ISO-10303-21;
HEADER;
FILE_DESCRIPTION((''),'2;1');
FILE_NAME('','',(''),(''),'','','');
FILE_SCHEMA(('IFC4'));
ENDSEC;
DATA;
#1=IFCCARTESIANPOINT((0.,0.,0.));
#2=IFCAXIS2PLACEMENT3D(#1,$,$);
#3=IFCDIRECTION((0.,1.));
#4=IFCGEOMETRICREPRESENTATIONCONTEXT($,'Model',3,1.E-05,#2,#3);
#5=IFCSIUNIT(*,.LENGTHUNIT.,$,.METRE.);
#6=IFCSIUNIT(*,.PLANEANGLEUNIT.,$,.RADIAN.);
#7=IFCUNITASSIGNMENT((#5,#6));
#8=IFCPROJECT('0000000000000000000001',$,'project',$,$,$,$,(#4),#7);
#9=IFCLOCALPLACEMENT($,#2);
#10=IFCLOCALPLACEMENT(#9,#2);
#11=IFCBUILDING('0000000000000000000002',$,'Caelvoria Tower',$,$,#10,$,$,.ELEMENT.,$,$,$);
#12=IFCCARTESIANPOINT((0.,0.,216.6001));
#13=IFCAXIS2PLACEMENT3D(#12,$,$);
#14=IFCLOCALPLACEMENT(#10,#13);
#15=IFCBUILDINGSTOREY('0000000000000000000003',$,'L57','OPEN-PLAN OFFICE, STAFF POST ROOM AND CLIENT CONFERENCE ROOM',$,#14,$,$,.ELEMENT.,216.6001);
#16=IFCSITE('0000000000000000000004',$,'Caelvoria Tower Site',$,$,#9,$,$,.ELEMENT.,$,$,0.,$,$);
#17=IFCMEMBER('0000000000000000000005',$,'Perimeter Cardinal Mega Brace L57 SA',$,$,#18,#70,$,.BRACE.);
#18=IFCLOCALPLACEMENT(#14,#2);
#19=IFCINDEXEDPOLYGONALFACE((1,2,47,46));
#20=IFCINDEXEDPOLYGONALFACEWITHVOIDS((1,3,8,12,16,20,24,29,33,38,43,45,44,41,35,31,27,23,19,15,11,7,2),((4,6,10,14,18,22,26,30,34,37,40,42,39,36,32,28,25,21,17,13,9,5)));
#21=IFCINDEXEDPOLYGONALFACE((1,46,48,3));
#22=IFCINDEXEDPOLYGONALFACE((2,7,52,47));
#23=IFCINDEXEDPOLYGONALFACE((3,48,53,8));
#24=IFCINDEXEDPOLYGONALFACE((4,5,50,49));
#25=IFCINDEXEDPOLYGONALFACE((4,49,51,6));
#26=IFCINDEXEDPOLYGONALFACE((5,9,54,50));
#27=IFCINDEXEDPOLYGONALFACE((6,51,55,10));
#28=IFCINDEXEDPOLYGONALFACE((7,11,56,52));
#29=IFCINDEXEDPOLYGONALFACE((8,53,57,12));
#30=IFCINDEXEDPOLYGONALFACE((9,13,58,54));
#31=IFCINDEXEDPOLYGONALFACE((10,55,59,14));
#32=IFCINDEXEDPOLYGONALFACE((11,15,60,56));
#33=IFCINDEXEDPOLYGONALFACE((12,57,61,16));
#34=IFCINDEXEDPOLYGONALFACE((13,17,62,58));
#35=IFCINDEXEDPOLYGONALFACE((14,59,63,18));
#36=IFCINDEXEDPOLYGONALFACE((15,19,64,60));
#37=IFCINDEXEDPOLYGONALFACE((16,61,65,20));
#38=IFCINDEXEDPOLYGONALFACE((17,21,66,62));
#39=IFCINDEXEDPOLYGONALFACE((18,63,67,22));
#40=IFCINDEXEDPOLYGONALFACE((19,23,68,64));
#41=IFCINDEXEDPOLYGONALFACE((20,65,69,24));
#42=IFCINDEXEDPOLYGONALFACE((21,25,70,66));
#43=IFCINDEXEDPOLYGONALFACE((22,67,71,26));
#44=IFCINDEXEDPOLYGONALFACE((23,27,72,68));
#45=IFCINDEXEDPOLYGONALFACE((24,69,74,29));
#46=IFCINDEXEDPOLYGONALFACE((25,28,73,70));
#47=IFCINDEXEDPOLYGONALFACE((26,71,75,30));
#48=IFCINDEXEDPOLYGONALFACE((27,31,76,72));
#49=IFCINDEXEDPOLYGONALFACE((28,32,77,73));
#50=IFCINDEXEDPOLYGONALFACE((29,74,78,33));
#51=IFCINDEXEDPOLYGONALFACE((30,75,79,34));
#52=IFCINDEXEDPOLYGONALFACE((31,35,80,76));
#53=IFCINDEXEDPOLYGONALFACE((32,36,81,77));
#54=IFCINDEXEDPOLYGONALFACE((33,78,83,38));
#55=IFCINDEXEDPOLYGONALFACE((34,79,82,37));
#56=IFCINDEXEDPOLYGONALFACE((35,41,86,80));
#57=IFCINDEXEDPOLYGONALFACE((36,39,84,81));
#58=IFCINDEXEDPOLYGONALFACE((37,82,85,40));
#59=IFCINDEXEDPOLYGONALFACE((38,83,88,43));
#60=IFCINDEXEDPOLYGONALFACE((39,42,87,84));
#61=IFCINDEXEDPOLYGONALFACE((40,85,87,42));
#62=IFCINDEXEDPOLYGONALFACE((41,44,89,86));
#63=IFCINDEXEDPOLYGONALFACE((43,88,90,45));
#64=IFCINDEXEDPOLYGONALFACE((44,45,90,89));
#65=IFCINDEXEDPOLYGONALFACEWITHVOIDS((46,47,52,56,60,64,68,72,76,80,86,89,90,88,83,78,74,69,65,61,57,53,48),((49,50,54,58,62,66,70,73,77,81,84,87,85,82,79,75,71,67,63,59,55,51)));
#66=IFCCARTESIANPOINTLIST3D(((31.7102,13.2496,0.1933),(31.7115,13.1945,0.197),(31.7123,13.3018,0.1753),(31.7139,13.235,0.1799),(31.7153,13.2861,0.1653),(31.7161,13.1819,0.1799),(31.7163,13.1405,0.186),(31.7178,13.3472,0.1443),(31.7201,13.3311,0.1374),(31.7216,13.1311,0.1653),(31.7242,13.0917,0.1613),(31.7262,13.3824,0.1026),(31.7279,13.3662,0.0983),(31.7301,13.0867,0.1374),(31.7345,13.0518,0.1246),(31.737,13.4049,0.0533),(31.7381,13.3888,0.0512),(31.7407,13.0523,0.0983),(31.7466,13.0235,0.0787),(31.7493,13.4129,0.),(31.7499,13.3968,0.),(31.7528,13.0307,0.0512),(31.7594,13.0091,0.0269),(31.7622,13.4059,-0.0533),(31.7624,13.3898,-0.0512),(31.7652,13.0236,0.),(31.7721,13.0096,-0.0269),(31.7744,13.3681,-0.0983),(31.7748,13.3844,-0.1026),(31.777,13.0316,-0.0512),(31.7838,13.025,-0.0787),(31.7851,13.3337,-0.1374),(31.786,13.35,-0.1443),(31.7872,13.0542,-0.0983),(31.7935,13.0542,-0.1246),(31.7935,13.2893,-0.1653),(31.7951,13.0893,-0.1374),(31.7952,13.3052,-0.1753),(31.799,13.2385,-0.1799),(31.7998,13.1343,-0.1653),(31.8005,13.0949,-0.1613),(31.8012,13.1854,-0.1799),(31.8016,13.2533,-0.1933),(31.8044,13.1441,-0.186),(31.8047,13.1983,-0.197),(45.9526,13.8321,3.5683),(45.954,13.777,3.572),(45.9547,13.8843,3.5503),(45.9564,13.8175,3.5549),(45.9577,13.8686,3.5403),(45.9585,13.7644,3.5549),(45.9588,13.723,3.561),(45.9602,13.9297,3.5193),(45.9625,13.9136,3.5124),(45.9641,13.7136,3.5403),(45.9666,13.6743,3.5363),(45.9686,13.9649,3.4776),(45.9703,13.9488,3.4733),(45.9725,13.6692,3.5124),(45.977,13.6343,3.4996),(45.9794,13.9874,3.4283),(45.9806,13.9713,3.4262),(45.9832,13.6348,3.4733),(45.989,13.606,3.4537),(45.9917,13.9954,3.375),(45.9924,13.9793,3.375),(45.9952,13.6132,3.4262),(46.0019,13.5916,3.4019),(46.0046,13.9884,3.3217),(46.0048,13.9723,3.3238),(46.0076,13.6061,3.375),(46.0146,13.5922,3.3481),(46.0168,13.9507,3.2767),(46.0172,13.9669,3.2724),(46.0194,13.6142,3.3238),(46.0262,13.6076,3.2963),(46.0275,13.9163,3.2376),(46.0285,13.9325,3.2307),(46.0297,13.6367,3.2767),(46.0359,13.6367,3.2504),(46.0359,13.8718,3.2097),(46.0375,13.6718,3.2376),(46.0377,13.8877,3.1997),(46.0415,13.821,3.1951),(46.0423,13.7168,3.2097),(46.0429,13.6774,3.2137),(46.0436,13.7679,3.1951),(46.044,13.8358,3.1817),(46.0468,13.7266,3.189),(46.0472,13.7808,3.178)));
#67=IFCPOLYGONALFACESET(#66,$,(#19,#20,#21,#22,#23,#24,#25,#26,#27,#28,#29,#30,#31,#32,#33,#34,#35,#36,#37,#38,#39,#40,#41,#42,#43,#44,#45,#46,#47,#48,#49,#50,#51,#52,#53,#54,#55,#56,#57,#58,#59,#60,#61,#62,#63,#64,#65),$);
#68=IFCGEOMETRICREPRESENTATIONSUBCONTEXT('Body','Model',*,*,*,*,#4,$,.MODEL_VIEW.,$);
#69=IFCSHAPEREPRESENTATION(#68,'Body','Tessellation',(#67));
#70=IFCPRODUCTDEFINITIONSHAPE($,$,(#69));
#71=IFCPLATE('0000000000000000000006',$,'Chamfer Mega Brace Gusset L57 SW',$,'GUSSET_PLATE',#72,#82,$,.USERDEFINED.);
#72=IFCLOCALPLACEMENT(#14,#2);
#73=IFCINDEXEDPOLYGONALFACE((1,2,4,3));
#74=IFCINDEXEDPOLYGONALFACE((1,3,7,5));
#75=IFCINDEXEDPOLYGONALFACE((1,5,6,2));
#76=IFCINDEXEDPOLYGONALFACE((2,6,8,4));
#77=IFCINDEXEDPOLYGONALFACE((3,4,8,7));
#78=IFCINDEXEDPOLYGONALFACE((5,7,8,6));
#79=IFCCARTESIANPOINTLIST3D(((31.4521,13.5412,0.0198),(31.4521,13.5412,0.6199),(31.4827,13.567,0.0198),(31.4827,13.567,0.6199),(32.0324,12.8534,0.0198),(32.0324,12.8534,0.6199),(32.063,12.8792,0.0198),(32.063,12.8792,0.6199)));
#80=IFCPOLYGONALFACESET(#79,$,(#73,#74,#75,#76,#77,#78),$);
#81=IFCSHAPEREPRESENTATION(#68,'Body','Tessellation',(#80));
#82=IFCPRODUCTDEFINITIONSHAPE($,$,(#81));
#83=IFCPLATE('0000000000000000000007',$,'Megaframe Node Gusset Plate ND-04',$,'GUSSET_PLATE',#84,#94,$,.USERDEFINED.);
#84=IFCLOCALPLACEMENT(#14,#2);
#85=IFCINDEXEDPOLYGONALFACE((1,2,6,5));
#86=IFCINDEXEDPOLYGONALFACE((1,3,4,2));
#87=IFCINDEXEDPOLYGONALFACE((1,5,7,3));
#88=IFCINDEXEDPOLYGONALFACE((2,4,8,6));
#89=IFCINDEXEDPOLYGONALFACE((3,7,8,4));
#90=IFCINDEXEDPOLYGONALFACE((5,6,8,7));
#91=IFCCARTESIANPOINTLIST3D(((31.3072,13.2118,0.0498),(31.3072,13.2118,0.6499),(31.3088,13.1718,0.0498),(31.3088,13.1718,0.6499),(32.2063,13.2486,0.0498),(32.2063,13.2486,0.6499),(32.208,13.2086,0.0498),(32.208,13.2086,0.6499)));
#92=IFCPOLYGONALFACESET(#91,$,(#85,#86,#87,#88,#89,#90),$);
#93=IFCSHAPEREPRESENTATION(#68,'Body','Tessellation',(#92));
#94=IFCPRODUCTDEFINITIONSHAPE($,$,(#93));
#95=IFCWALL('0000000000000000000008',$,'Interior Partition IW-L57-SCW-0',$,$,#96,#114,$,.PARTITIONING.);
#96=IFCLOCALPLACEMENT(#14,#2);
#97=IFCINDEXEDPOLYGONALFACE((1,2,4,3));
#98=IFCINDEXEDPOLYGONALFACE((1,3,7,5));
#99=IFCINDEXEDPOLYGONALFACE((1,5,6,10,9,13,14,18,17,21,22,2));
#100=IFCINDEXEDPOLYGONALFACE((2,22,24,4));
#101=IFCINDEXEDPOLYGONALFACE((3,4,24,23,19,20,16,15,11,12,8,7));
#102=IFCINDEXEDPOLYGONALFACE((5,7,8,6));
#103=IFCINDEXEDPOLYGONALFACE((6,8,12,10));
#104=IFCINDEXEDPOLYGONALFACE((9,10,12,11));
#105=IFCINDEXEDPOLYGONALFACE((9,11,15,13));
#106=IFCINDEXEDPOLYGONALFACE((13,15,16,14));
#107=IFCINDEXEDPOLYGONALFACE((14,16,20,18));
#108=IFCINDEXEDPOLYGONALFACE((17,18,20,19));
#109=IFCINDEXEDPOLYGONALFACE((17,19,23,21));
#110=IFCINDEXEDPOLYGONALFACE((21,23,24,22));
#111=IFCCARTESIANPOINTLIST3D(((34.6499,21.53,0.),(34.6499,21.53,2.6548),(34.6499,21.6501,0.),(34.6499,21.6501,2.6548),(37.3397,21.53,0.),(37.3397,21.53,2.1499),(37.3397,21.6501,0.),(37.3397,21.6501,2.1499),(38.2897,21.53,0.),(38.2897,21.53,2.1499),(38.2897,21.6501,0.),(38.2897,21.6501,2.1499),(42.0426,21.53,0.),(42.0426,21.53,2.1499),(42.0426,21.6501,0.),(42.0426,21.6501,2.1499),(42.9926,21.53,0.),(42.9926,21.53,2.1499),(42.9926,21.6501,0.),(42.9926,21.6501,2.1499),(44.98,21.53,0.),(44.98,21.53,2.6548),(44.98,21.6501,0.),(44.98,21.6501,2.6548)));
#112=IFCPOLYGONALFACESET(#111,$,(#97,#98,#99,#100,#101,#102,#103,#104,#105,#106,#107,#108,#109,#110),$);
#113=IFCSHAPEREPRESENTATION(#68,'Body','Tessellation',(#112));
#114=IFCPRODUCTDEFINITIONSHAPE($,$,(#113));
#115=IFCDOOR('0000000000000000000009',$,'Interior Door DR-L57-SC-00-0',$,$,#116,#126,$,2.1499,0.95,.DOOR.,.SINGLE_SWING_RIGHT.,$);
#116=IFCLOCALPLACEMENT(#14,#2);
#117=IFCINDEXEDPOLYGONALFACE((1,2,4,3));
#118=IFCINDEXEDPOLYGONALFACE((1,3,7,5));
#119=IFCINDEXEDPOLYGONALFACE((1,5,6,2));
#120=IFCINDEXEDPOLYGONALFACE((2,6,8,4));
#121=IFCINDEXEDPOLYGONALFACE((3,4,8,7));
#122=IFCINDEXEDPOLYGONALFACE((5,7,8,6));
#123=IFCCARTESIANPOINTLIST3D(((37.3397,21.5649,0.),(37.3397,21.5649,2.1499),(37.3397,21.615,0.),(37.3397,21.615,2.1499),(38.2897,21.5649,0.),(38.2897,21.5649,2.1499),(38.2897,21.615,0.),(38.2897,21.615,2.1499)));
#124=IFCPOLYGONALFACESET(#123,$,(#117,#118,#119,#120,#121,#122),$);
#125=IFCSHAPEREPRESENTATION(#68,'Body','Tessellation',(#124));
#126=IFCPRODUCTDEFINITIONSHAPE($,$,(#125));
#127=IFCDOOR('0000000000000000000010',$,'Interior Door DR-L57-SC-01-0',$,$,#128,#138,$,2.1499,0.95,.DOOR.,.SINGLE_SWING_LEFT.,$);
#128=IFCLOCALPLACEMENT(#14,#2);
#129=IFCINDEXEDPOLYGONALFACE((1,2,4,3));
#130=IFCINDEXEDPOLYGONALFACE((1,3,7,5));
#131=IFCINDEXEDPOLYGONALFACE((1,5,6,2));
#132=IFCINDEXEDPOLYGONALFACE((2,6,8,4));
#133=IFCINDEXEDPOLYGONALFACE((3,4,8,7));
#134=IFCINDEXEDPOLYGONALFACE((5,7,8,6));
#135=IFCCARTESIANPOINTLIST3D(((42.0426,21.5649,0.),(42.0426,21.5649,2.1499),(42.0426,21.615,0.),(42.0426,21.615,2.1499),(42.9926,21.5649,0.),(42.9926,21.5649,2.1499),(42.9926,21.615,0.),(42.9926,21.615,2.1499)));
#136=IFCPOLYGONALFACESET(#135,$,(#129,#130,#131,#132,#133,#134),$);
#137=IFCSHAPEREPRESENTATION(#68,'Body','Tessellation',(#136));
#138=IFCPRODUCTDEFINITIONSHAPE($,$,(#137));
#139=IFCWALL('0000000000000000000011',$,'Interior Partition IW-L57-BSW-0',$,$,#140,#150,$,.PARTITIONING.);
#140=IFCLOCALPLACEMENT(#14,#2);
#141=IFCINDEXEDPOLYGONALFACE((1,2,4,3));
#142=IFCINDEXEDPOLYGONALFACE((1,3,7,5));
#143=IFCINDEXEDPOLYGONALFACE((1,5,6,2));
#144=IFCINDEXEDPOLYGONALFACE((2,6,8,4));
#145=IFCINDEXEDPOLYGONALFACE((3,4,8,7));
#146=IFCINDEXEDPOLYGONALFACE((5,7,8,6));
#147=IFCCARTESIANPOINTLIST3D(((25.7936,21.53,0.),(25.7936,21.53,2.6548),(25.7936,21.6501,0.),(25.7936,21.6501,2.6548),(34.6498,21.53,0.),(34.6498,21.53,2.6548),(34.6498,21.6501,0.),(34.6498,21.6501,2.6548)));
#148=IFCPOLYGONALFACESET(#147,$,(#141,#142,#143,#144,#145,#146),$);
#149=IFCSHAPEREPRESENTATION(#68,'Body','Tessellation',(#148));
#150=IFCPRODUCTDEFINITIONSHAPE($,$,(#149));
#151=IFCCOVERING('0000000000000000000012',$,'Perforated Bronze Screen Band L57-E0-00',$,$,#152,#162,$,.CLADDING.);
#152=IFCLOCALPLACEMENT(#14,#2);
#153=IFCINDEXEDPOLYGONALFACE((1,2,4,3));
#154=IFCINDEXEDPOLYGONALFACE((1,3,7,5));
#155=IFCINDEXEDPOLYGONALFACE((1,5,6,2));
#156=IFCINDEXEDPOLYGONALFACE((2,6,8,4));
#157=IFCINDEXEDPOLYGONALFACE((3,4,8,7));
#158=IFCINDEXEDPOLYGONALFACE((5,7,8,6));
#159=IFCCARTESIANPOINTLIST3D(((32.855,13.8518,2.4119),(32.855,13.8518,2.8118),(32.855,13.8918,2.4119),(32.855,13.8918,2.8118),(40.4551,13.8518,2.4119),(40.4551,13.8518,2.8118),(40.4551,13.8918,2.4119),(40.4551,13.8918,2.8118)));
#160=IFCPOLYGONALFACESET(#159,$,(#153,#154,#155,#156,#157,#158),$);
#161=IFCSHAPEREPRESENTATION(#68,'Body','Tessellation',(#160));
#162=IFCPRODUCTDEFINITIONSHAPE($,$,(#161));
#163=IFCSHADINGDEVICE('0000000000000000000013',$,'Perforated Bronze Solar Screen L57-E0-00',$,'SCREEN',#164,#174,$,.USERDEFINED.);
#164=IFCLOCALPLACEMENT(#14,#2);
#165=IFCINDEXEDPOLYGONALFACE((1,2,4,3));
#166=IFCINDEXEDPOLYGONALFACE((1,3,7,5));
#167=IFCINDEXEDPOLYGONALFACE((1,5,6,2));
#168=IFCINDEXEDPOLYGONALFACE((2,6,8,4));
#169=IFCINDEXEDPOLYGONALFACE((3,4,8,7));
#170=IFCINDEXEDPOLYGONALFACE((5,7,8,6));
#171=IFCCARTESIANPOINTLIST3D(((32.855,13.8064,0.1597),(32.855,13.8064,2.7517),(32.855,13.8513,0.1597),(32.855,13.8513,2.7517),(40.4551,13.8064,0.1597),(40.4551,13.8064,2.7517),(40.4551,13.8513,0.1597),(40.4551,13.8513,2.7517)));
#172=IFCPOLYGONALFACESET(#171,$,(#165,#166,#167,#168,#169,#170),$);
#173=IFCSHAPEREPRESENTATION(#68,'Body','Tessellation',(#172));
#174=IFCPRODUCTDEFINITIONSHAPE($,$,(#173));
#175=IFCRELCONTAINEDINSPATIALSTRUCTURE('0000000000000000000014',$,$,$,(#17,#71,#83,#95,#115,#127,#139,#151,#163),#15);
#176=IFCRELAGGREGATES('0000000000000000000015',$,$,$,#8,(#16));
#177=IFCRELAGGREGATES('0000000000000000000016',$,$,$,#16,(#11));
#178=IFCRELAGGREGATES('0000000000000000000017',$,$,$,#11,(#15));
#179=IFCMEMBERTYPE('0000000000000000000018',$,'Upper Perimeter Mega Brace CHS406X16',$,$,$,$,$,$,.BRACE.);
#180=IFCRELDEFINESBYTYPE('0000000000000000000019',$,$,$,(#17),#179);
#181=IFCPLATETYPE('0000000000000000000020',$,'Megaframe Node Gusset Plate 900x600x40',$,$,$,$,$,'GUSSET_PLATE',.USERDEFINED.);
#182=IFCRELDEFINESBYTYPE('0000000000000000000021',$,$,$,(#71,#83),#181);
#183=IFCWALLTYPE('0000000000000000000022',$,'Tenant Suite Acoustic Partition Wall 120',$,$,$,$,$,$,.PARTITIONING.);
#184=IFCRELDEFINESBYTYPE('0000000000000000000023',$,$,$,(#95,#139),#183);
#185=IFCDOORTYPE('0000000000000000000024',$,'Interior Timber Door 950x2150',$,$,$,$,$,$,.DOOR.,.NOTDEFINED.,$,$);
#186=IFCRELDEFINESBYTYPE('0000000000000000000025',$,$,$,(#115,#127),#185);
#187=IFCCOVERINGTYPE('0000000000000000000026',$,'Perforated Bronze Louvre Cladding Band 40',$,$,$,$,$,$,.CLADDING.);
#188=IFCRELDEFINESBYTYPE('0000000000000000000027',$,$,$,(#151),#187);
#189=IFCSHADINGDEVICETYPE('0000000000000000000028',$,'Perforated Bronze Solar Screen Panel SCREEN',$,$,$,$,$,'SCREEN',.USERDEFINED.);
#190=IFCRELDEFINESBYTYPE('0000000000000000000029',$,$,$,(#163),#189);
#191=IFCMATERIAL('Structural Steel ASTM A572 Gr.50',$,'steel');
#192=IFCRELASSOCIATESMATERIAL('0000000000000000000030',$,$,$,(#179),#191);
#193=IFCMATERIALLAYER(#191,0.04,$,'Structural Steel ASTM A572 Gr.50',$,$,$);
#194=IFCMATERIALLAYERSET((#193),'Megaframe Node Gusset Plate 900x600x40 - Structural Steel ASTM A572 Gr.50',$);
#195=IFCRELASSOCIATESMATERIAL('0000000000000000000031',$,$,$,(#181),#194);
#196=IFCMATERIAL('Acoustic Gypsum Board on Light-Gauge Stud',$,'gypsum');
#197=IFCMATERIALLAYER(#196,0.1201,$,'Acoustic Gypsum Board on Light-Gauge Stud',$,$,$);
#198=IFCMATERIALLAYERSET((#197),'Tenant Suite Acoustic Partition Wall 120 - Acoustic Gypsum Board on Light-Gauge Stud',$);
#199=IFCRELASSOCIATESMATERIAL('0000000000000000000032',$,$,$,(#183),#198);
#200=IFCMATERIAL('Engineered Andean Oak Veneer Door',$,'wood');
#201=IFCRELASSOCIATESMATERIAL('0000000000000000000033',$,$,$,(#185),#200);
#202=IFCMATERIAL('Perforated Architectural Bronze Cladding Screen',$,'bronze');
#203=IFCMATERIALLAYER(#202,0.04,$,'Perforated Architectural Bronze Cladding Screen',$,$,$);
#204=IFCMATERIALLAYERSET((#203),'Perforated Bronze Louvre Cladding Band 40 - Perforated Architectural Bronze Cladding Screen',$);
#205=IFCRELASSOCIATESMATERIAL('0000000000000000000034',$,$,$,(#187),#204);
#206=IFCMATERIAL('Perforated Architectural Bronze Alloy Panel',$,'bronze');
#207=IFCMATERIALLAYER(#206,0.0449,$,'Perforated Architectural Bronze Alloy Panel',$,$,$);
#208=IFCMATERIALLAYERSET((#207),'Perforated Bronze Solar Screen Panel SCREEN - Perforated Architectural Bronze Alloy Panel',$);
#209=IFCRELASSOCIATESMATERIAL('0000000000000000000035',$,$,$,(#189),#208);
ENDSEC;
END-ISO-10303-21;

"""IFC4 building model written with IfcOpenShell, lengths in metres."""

from ifc_helpers import new_model, si_unit, direction, frame, frame_2d, origin, origin_2d, place, context, subcontext, project, spatial, rectangle, hollow_circle, extrude, material, layer, layer_set, material_profile, profile_set, type_object, element, fill, save


model = new_model("IFC4")

# Units and contexts
model_context = context("Model", 3, precision=1e-05, world=origin(), true_north=direction((0.0, 1.0)))
body_context = subcontext(model_context, "Body", "Model", "MODEL_VIEW")
ifc_project = project(units=[si_unit("LENGTHUNIT", "METRE"), si_unit("PLANEANGLEUNIT", "RADIAN")], contexts=[model_context])

# Site, building, storey
site_placement = place(None, origin())
site = spatial("IfcSite", under=ifc_project, at=site_placement, Name="Caelvoria Tower Site", CompositionType="ELEMENT", RefElevation=0.0)
building_placement = place(site_placement, origin())
building = spatial("IfcBuilding", under=site, at=building_placement, Name="Caelvoria Tower", CompositionType="ELEMENT")
storey_placement = place(building_placement, frame((0.0, 0.0, 216.6001)))
storey = spatial("IfcBuildingStorey", under=building, at=storey_placement, Name="L57", Description="OPEN-PLAN OFFICE, STAFF POST ROOM AND CLIENT CONFERENCE ROOM", CompositionType="ELEMENT", Elevation=216.6001)

# Member
ifc_material_1 = material(Name="Structural Steel ASTM A572 Gr.50", Category="steel")
ifc_material_profile_1 = material_profile(ifc_material_1, hollow_circle(Radius=0.2029, WallThickness=0.0161, at=origin_2d()), Name="Structural Steel ASTM A572 Gr.50")
ifc_profile_set_1 = profile_set([ifc_material_profile_1], Name="CHS406X16 - Structural Steel ASTM A572 Gr.50")
member_type = type_object("IfcMemberType", Name="Upper Perimeter Mega Brace CHS406X16", PredefinedType="BRACE", material=ifc_profile_set_1)
member_1_placement = place(storey_placement, frame((31.7576, 13.2102, 0.0), z_axis=(0.972283, 0.039767, 0.2304), x_axis=(-0.040866, 0.999165, 0.0)))
element("IfcMember", 1, at=member_1_placement, inside=storey, type_object=member_type, Name="Perimeter Cardinal Mega Brace L57 SA", PredefinedType="BRACE", context=body_context, shape_type="SweptSolid", body=[
    extrude(hollow_circle(Radius=0.2029, WallThickness=0.0161, at=origin_2d()), origin(), (0.0, 0.0, 1.0), 14.6484),
])

# Plates
ifc_layer_1 = layer(ifc_material_1, 0.04, Name="Structural Steel ASTM A572 Gr.50")
ifc_layer_set_1 = layer_set([ifc_layer_1], Name="Megaframe Node Gusset Plate 900x600x40 - Structural Steel ASTM A572 Gr.50")
plate_type = type_object("IfcPlateType", Name="Megaframe Node Gusset Plate 900x600x40", ElementType="GUSSET_PLATE", PredefinedType="USERDEFINED", material=ifc_layer_set_1)
for number, where, z_axis, x_axis, name in (
    (2, (31.7576, 13.2102, 0.0198), (0.0, 0.0, 1.0), (-0.644788, 0.764361, 0.0), "Chamfer Mega Brace Gusset L57 SW"),
    (3, (31.7576, 13.2102, 0.0498), (0.0, 0.0, 1.0), (0.999165, 0.040864, 0.0), "Megaframe Node Gusset Plate ND-04"),
):
    element("IfcPlate", number, at=place(storey_placement, frame(where, z_axis=z_axis, x_axis=x_axis)), inside=storey, type_object=plate_type, Name=name, ObjectType="GUSSET_PLATE", PredefinedType="USERDEFINED", context=body_context, shape_type="SweptSolid", body=[
        extrude(rectangle(XDim=0.8999, YDim=0.04, at=origin_2d()), origin(), (0.0, 0.0, 1.0), 0.6001),
    ])

# Wall, openings, doors
ifc_material_2 = material(Name="Acoustic Gypsum Board on Light-Gauge Stud", Category="gypsum")
ifc_layer_2 = layer(ifc_material_2, 0.1201, Name="Acoustic Gypsum Board on Light-Gauge Stud")
ifc_layer_set_2 = layer_set([ifc_layer_2], Name="Tenant Suite Acoustic Partition Wall 120 - Acoustic Gypsum Board on Light-Gauge Stud")
wall_type = type_object("IfcWallType", Name="Tenant Suite Acoustic Partition Wall 120", PredefinedType="PARTITIONING", material=ifc_layer_set_2)
wall_1_placement = place(storey_placement, frame((34.6499, 21.5901, 0.0), z_axis=(0.0, 0.0, 1.0), x_axis=(1.0, 0.0, 0.0)))
wall_1 = element("IfcWall", 4, at=wall_1_placement, inside=storey, type_object=wall_type, Name="Interior Partition IW-L57-SCW-0", PredefinedType="PARTITIONING", context=body_context, shape_type="SweptSolid", body=[
    extrude(rectangle(XDim=10.3301, YDim=0.1201, at=frame_2d((5.165, 0.0))), origin(), (0.0, 0.0, 1.0), 2.6548),
])
opening_1_placement = place(wall_1_placement, frame((2.6897, 0.0, 0.0)))
opening_1 = element("IfcOpeningElement", 5, at=opening_1_placement, cuts=wall_1, PredefinedType="OPENING", context=body_context, shape_type="SweptSolid", body=[
    extrude(rectangle(XDim=0.95, YDim=2.1499, at=frame_2d((0.4751, 1.075))), frame((0.0, 0.0701, 0.0), z_axis=(0.0, -1.0, 0.0), x_axis=(1.0, 0.0, 0.0)), (0.0, 0.0, 1.0), 0.1401),
])
opening_2_placement = place(wall_1_placement, frame((7.3926, 0.0, 0.0)))
opening_2 = element("IfcOpeningElement", 6, at=opening_2_placement, cuts=wall_1, PredefinedType="OPENING", context=body_context, shape_type="SweptSolid", body=[
    extrude(rectangle(XDim=0.95, YDim=2.1499, at=frame_2d((0.4751, 1.075))), frame((0.0, 0.0701, 0.0), z_axis=(0.0, -1.0, 0.0), x_axis=(1.0, 0.0, 0.0)), (0.0, 0.0, 1.0), 0.1401),
])
ifc_material_3 = material(Name="Engineered Andean Oak Veneer Door", Category="wood")
door_type = type_object("IfcDoorType", Name="Interior Timber Door 950x2150", OperationType="NOTDEFINED", PredefinedType="DOOR", material=ifc_material_3)
door_1_placement = place(opening_1_placement, origin())
door_1 = element("IfcDoor", 7, at=door_1_placement, inside=storey, type_object=door_type, Name="Interior Door DR-L57-SC-00-0", OperationType="SINGLE_SWING_RIGHT", OverallHeight=2.1499, OverallWidth=0.95, PredefinedType="DOOR", context=body_context, shape_type="SweptSolid", body=[
    extrude(rectangle(XDim=0.95, YDim=2.1499, at=frame_2d((0.4751, 1.075))), frame((0.0, 0.0249, 0.0), z_axis=(0.0, -1.0, 0.0), x_axis=(1.0, 0.0, 0.0)), (0.0, 0.0, 1.0), 0.05),
])
fill(opening_1, door_1)
door_2_placement = place(opening_2_placement, origin())
door_2 = element("IfcDoor", 8, at=door_2_placement, inside=storey, type_object=door_type, Name="Interior Door DR-L57-SC-01-0", OperationType="SINGLE_SWING_LEFT", OverallHeight=2.1499, OverallWidth=0.95, PredefinedType="DOOR", context=body_context, shape_type="SweptSolid", body=[
    extrude(rectangle(XDim=0.95, YDim=2.1499, at=frame_2d((0.4751, 1.075))), frame((0.0, 0.0249, 0.0), z_axis=(0.0, -1.0, 0.0), x_axis=(1.0, 0.0, 0.0)), (0.0, 0.0, 1.0), 0.05),
])
fill(opening_2, door_2)

# Wall
wall_2_placement = place(storey_placement, frame((34.6499, 21.5901, 0.0), z_axis=(0.0, 0.0, 1.0), x_axis=(-1.0, 0.0, 0.0)))
element("IfcWall", 9, at=wall_2_placement, inside=storey, type_object=wall_type, Name="Interior Partition IW-L57-BSW-0", PredefinedType="PARTITIONING", context=body_context, shape_type="SweptSolid", body=[
    extrude(rectangle(XDim=8.8562, YDim=0.1201, at=frame_2d((4.4282, 0.0))), origin(), (0.0, 0.0, 1.0), 2.6548),
])

# Covering
ifc_material_4 = material(Name="Perforated Architectural Bronze Cladding Screen", Category="bronze")
ifc_layer_3 = layer(ifc_material_4, 0.04, Name="Perforated Architectural Bronze Cladding Screen")
ifc_layer_set_3 = layer_set([ifc_layer_3], Name="Perforated Bronze Louvre Cladding Band 40 - Perforated Architectural Bronze Cladding Screen")
covering_type = type_object("IfcCoveringType", Name="Perforated Bronze Louvre Cladding Band 40", PredefinedType="CLADDING", material=ifc_layer_set_3)
covering_placement = place(storey_placement, frame((36.655, 13.8718, 2.4119), z_axis=(0.0, 0.0, 1.0), x_axis=(1.0, 0.0, 0.0)))
element("IfcCovering", 10, at=covering_placement, inside=storey, type_object=covering_type, Name="Perforated Bronze Screen Band L57-E0-00", PredefinedType="CLADDING", context=body_context, shape_type="SweptSolid", body=[
    extrude(rectangle(XDim=7.6001, YDim=0.04, at=origin_2d()), origin(), (0.0, 0.0, 1.0), 0.3999),
])

# Shading device
ifc_material_5 = material(Name="Perforated Architectural Bronze Alloy Panel", Category="bronze")
ifc_layer_4 = layer(ifc_material_5, 0.0449, Name="Perforated Architectural Bronze Alloy Panel")
ifc_layer_set_4 = layer_set([ifc_layer_4], Name="Perforated Bronze Solar Screen Panel SCREEN - Perforated Architectural Bronze Alloy Panel")
shading_device_type = type_object("IfcShadingDeviceType", Name="Perforated Bronze Solar Screen Panel SCREEN", ElementType="SCREEN", PredefinedType="USERDEFINED", material=ifc_layer_set_4)
shading_device_placement = place(storey_placement, frame((36.655, 13.8289, 0.1597), z_axis=(0.0, 0.0, 1.0), x_axis=(1.0, 0.0, 0.0)))
element("IfcShadingDevice", 11, at=shading_device_placement, inside=storey, type_object=shading_device_type, Name="Perforated Bronze Solar Screen L57-E0-00", ObjectType="SCREEN", PredefinedType="USERDEFINED", context=body_context, shape_type="SweptSolid", body=[
    extrude(rectangle(XDim=7.6001, YDim=0.0449, at=origin_2d()), origin(), (0.0, 0.0, 1.0), 2.592),
])

save(model, "model.ifc")
